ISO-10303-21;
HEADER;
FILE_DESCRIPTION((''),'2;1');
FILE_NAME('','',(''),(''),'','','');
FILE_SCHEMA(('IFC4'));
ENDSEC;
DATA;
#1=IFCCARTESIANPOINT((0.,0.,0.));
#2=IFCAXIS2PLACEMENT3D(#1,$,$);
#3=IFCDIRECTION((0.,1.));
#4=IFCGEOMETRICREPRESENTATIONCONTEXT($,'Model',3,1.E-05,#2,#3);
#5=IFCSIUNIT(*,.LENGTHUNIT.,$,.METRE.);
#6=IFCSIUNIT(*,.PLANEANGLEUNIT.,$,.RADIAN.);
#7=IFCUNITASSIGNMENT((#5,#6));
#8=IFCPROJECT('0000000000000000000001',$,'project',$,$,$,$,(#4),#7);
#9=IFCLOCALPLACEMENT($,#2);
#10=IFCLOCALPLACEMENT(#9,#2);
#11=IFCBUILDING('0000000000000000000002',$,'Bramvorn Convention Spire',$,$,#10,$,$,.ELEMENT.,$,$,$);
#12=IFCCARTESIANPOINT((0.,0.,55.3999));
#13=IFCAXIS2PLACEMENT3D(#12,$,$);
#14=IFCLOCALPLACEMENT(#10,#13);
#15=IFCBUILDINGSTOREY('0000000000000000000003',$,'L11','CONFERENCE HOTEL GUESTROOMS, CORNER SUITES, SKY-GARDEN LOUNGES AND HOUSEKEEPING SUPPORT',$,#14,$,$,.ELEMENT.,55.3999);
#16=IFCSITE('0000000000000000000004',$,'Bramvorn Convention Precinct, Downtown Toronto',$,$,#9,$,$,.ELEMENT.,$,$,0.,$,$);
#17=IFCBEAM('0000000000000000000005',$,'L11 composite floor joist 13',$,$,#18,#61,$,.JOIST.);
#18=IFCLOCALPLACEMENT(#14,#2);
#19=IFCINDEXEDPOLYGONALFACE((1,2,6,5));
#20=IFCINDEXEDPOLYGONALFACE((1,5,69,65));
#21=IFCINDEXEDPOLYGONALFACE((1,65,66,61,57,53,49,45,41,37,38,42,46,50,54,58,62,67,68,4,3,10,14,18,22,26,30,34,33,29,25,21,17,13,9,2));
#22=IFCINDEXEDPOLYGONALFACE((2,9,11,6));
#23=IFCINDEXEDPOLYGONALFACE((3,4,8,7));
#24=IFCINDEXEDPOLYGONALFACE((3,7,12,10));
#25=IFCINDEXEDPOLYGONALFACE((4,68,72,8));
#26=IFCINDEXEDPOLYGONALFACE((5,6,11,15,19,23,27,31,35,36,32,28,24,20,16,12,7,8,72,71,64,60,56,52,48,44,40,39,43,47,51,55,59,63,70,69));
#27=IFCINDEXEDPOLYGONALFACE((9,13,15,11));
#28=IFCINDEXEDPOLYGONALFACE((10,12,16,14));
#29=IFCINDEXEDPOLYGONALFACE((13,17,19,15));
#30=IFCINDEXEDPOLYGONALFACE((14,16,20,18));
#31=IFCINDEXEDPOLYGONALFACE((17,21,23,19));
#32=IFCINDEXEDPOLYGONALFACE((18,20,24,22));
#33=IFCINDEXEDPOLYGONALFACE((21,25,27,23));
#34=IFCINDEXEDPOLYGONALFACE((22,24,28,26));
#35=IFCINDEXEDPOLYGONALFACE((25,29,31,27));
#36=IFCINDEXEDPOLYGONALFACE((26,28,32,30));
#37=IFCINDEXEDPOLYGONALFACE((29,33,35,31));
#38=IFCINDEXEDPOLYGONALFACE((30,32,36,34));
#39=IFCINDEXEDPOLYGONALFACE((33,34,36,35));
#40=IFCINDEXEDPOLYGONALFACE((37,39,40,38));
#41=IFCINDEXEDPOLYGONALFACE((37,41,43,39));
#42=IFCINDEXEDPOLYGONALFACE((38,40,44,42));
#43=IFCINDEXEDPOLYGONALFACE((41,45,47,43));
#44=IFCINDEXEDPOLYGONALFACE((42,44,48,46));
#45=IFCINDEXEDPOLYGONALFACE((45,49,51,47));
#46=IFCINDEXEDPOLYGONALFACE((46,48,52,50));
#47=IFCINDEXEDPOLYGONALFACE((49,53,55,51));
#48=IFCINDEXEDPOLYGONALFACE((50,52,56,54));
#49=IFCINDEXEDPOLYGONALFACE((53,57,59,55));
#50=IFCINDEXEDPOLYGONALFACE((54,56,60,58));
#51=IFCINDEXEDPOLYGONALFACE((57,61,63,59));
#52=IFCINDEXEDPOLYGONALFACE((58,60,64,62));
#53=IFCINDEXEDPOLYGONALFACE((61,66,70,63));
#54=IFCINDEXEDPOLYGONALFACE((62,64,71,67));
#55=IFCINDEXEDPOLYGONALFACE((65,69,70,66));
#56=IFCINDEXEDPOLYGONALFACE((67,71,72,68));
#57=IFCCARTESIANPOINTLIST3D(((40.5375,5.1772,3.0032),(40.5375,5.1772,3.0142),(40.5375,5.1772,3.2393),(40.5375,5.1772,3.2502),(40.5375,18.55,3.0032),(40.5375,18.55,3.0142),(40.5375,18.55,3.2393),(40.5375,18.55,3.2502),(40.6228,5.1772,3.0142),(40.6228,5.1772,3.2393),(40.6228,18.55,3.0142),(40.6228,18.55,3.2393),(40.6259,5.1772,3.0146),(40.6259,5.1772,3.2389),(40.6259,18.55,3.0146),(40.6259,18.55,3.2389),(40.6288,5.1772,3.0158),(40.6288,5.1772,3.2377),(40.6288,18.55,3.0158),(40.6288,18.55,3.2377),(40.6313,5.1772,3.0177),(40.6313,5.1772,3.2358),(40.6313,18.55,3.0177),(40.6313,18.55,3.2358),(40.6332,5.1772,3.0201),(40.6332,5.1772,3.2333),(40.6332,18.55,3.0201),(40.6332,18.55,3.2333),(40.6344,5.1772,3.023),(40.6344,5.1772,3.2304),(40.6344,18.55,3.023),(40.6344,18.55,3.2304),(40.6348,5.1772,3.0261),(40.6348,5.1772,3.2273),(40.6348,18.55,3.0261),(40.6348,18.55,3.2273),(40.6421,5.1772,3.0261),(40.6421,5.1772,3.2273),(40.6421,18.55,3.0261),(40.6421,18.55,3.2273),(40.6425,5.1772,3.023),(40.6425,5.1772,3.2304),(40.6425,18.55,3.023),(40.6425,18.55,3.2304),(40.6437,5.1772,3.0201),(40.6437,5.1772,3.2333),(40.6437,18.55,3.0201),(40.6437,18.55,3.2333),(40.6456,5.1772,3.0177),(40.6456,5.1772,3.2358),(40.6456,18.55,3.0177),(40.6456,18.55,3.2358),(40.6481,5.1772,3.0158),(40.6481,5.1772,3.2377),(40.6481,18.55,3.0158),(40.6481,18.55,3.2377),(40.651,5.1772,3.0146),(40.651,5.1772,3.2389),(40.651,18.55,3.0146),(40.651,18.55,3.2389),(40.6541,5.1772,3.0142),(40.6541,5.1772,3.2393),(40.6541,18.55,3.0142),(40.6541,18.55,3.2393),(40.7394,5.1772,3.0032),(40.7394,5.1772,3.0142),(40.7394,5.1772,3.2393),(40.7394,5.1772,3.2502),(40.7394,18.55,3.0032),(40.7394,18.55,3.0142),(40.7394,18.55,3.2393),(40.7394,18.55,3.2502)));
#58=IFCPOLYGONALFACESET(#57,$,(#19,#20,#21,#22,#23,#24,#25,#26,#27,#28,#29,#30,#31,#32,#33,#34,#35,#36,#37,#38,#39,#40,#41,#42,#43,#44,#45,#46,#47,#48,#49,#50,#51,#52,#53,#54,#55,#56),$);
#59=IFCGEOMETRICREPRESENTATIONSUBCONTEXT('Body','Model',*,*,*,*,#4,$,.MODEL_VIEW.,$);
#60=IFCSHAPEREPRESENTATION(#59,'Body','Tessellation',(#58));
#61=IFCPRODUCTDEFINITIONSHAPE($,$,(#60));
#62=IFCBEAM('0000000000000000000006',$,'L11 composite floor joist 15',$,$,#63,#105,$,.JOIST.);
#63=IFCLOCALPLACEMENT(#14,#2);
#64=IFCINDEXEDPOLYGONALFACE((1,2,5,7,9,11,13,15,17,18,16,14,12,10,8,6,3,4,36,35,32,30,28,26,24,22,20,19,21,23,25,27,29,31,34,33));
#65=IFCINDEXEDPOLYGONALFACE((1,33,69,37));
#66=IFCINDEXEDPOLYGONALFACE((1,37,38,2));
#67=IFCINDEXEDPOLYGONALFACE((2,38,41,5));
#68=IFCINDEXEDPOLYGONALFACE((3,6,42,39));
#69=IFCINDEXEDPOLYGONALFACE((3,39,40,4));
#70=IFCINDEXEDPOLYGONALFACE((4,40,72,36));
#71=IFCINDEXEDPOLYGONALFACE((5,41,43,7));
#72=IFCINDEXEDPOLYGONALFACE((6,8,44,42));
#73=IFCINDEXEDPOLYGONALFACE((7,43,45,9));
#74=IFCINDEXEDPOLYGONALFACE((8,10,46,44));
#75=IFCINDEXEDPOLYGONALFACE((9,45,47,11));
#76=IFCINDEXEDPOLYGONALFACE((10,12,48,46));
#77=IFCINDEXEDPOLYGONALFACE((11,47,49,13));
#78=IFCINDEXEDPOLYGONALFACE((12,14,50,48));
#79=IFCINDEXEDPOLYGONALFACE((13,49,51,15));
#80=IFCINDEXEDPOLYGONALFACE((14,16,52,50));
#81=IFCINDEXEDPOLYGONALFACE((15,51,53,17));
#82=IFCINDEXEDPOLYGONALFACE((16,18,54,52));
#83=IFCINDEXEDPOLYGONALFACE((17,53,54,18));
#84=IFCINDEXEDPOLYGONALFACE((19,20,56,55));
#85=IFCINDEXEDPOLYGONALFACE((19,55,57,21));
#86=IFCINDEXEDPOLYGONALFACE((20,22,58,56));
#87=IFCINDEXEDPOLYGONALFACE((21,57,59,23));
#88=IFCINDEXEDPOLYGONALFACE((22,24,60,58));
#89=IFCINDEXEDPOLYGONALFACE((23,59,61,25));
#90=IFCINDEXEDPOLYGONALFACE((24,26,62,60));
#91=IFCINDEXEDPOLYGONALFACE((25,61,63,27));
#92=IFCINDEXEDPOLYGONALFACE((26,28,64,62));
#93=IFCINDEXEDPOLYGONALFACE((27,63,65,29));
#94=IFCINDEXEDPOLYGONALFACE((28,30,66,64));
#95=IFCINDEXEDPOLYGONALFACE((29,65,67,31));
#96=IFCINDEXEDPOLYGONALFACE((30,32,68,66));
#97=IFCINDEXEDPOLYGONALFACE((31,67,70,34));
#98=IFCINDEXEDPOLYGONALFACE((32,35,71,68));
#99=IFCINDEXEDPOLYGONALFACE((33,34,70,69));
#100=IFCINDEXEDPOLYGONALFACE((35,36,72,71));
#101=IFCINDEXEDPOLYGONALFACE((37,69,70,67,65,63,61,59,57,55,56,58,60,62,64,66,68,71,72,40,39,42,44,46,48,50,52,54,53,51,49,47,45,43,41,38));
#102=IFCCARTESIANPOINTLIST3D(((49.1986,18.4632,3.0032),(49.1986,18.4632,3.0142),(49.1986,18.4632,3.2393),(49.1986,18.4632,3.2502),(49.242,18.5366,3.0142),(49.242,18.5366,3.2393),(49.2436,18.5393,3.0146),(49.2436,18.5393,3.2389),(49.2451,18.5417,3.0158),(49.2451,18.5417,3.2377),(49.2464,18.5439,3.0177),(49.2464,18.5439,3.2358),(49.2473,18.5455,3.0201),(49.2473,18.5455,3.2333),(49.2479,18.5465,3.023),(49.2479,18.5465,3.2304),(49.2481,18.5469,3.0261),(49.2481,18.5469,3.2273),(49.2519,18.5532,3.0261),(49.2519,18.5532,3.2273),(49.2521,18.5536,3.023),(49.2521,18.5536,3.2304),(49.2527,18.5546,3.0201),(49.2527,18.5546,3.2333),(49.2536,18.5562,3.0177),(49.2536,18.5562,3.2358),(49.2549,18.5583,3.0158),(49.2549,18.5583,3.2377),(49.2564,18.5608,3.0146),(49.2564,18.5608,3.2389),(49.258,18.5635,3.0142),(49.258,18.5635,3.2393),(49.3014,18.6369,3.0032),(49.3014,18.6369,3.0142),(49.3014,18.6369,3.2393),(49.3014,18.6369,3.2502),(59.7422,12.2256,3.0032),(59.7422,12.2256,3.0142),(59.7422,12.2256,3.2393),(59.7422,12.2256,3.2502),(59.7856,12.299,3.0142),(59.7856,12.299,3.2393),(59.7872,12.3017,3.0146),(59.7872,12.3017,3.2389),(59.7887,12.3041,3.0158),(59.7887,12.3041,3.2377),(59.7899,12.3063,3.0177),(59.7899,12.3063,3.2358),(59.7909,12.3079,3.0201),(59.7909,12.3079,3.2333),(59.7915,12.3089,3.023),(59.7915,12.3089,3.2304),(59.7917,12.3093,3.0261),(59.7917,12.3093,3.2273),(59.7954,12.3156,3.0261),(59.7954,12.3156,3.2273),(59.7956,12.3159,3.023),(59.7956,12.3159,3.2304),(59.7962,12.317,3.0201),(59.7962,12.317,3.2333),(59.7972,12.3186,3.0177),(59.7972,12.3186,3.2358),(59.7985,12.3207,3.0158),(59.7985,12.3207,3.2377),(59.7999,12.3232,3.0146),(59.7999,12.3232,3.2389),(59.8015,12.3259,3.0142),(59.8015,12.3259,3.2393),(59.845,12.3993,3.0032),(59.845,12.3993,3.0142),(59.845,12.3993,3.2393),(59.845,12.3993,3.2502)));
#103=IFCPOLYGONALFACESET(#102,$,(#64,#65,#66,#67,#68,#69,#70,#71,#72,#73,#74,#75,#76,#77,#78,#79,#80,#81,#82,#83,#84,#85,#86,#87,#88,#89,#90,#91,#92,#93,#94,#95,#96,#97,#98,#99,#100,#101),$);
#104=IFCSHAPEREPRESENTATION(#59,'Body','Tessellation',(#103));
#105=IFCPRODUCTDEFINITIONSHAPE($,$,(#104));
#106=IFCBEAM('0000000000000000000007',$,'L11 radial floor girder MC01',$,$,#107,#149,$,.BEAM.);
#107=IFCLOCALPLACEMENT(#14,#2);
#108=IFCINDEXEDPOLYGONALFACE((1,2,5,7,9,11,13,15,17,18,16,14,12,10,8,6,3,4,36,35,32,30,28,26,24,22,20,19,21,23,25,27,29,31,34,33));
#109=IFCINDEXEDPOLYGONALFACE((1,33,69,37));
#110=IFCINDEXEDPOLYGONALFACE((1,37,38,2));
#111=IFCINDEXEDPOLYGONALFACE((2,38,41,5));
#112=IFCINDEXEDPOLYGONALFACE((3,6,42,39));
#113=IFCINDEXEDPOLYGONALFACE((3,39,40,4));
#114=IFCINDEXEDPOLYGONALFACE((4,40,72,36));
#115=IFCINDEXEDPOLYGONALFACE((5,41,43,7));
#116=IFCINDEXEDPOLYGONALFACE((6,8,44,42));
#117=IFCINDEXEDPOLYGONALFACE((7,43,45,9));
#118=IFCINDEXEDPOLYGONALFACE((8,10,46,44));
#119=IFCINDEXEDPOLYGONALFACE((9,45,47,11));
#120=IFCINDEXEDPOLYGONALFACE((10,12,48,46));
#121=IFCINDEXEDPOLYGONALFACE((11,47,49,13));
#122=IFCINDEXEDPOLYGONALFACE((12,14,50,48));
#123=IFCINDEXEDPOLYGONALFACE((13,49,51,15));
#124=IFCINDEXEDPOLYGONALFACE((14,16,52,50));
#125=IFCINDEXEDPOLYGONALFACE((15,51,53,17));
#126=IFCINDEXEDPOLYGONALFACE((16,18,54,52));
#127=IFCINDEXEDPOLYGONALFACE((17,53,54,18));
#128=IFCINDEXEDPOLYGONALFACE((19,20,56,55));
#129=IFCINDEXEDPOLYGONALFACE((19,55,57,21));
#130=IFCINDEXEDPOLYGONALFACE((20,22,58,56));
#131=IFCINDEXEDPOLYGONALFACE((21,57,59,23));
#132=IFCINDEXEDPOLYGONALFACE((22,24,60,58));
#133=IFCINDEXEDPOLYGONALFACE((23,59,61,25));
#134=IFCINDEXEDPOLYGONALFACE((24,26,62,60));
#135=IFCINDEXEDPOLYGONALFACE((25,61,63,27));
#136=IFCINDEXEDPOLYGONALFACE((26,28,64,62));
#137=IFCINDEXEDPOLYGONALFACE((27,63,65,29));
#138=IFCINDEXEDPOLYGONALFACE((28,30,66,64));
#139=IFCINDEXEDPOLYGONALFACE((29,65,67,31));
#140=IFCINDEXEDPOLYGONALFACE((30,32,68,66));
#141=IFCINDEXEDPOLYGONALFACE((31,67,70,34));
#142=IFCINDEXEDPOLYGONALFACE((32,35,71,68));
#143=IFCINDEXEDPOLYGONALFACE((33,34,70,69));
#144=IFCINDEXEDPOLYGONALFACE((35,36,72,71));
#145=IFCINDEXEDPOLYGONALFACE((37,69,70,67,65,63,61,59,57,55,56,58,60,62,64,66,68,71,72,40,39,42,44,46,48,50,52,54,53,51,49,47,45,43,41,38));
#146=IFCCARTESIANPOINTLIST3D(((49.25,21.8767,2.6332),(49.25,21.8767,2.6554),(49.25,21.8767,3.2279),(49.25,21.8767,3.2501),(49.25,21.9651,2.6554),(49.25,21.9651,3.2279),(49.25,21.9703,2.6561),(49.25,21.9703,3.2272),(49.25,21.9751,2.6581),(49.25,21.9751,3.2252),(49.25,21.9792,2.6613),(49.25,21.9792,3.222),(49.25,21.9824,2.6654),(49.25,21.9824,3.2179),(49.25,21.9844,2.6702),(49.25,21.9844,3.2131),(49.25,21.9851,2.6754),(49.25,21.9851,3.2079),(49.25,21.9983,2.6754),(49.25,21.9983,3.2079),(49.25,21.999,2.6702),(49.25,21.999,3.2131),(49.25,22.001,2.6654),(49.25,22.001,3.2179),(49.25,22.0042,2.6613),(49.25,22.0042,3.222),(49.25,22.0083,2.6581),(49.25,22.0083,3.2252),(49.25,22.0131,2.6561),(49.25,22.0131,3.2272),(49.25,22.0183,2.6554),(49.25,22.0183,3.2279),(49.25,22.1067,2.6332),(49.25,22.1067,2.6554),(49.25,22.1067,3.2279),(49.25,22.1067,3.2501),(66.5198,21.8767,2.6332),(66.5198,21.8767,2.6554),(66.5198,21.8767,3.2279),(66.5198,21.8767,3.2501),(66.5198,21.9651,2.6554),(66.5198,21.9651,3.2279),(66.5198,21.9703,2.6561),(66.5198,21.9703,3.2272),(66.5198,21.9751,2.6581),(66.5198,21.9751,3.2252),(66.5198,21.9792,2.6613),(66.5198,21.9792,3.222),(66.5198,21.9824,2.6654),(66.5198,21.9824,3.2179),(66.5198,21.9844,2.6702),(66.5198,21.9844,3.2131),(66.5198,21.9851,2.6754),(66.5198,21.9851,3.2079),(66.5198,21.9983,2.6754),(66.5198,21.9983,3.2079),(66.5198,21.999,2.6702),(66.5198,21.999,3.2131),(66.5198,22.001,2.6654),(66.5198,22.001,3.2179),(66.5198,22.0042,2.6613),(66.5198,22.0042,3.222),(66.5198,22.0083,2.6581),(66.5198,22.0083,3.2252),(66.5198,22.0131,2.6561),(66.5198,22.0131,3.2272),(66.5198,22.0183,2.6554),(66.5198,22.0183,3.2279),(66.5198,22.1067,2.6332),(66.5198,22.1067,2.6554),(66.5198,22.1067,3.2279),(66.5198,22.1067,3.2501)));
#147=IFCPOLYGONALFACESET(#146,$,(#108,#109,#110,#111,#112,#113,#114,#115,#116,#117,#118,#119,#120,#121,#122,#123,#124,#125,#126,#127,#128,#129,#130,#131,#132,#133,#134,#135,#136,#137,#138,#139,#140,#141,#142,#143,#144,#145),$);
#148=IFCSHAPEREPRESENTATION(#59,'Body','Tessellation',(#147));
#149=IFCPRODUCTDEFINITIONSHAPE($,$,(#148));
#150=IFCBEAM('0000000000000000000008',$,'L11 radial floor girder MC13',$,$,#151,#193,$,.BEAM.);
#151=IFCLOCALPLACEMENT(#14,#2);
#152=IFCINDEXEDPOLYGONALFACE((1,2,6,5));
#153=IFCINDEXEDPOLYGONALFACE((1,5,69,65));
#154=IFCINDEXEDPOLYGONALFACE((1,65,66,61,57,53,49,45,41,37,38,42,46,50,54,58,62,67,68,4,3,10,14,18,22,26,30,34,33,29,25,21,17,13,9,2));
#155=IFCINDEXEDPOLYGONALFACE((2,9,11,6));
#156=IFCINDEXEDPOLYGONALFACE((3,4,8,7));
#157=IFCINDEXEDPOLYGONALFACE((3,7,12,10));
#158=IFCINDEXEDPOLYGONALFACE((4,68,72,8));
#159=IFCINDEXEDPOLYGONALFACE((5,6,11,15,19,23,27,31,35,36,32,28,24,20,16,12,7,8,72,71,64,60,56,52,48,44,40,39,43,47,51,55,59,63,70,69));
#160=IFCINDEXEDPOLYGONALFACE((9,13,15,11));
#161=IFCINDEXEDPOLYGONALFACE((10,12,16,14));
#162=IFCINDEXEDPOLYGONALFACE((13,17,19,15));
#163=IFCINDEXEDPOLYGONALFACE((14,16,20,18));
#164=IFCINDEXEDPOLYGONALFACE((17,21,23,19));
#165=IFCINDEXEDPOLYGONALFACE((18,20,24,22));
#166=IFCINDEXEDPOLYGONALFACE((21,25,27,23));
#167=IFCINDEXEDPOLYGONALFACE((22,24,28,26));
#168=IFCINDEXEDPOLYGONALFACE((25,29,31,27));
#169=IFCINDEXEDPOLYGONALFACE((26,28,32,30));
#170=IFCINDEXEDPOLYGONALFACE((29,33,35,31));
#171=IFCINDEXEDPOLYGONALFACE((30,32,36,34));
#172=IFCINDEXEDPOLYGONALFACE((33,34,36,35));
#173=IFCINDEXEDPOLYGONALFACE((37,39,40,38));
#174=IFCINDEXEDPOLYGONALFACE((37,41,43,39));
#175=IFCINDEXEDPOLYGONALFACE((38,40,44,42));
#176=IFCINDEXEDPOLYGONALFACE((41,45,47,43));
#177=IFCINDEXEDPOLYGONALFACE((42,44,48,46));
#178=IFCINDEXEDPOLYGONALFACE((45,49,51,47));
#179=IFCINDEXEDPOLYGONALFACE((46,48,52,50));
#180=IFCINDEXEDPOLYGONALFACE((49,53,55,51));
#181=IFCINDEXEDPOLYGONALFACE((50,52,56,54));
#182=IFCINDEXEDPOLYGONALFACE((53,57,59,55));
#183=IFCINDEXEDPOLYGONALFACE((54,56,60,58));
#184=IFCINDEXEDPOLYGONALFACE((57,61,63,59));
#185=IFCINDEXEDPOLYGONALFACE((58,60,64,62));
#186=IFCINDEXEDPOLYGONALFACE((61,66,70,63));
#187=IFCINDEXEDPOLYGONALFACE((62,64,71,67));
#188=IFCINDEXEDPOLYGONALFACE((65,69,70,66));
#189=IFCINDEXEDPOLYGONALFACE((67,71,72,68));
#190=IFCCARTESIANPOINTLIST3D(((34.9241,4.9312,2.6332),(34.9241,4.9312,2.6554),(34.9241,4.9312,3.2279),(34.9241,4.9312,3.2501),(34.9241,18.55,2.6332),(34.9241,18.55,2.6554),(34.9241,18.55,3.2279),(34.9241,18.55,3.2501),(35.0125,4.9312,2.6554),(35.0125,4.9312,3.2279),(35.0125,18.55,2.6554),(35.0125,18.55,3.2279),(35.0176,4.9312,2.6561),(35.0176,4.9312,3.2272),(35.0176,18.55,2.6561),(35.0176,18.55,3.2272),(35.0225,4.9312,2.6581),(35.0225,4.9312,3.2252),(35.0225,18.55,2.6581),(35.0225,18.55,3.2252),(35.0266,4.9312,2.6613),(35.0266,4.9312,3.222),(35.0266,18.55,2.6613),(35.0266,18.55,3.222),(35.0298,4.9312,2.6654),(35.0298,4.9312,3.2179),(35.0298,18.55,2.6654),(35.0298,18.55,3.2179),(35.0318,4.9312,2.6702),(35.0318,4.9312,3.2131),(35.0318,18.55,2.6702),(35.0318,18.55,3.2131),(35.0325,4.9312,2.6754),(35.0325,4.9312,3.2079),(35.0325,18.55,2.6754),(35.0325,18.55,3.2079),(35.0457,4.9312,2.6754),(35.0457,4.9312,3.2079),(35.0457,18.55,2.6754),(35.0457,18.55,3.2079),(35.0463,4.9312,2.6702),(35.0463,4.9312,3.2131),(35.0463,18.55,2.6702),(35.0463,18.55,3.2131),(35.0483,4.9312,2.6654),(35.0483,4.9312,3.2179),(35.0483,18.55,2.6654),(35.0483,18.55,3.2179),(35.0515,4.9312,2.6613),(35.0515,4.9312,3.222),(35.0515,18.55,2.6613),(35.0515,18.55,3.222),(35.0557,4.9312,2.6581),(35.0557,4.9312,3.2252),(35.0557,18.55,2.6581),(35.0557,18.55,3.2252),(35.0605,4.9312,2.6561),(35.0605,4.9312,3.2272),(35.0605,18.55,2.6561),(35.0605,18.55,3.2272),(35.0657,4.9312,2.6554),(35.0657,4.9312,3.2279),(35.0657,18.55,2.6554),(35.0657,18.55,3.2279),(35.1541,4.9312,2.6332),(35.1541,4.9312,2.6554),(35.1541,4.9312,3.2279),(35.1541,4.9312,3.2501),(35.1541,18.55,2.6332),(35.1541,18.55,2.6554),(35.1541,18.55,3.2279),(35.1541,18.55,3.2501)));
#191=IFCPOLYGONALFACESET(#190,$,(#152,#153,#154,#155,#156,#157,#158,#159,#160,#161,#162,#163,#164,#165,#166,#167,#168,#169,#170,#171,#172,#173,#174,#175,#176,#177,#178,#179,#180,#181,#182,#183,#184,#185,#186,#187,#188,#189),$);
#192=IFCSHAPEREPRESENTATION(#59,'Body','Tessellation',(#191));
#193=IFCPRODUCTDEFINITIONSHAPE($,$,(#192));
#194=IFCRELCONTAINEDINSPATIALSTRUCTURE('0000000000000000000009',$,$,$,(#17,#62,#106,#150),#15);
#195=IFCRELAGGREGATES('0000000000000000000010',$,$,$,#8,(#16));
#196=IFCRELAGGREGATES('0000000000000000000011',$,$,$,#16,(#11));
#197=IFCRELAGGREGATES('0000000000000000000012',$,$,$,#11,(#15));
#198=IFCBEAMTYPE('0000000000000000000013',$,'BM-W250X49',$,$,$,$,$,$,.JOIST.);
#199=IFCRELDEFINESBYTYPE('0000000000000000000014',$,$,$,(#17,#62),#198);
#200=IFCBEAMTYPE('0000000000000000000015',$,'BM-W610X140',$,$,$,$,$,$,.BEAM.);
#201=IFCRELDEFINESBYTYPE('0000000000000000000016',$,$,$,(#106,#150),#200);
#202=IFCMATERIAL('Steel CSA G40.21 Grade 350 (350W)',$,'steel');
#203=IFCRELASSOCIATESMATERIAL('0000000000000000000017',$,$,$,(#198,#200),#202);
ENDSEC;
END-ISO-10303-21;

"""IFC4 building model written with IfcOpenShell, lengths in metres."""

from ifc_helpers import new_model, si_unit, direction, frame, origin, origin_2d, place, context, subcontext, project, spatial, i_section, extrude, material, material_profile, profile_set, type_object, element, save


model = new_model("IFC4")

# Units and contexts
model_context = context("Model", 3, precision=1e-05, world=origin(), true_north=direction((0.0, 1.0)))
body_context = subcontext(model_context, "Body", "Model", "MODEL_VIEW")
ifc_project = project(units=[si_unit("LENGTHUNIT", "METRE"), si_unit("PLANEANGLEUNIT", "RADIAN")], contexts=[model_context])

# Site, building, storey
site_placement = place(None, origin())
site = spatial("IfcSite", under=ifc_project, at=site_placement, Name="Bramvorn Convention Precinct, Downtown Toronto", CompositionType="ELEMENT", RefElevation=0.0)
building_placement = place(site_placement, origin())
building = spatial("IfcBuilding", under=site, at=building_placement, Name="Bramvorn Convention Spire", CompositionType="ELEMENT")
storey_placement = place(building_placement, frame((0.0, 0.0, 55.3999)))
storey = spatial("IfcBuildingStorey", under=building, at=storey_placement, Name="L11", Description="CONFERENCE HOTEL GUESTROOMS, CORNER SUITES, SKY-GARDEN LOUNGES AND HOUSEKEEPING SUPPORT", CompositionType="ELEMENT", Elevation=55.3999)

# Beams
ifc_material_1 = material(Name="Steel CSA G40.21 Grade 350 (350W)", Category="steel")
ifc_material_profile_1 = material_profile(ifc_material_1, i_section(OverallWidth=0.2019, OverallDepth=0.2471, WebThickness=0.0073, FlangeThickness=0.011, FilletRadius=0.012, at=origin_2d()))
ifc_profile_set_1 = profile_set([ifc_material_profile_1], Name="Steel CSA G40.21 Grade 350 (350W) - W250X49")
beam_type_1 = type_object("IfcBeamType", Name="BM-W250X49", PredefinedType="JOIST", material=ifc_profile_set_1)
beam_1_placement = place(storey_placement, frame((40.6384, 18.55, 3.1267), z_axis=(0.0, -1.0, 0.0), x_axis=(1.0, 0.0, 0.0)))
element("IfcBeam", 1, at=beam_1_placement, inside=storey, type_object=beam_type_1, Name="L11 composite floor joist 13", PredefinedType="JOIST", context=body_context, shape_type="SweptSolid", body=[
    extrude(i_section(OverallWidth=0.2019, OverallDepth=0.2471, WebThickness=0.0073, FlangeThickness=0.011, FilletRadius=0.012, at=origin_2d()), origin(), (0.0, 0.0, 1.0), 13.3728),
])
beam_2_placement = place(storey_placement, frame((49.25, 18.55, 3.1267), z_axis=(0.860665, -0.509172, 0.0), x_axis=(0.509172, 0.860665, 0.0)))
element("IfcBeam", 2, at=beam_2_placement, inside=storey, type_object=beam_type_1, Name="L11 composite floor joist 15", PredefinedType="JOIST", context=body_context, shape_type="SweptSolid", body=[
    extrude(i_section(OverallWidth=0.2019, OverallDepth=0.2471, WebThickness=0.0073, FlangeThickness=0.011, FilletRadius=0.012, at=origin_2d()), origin(), (0.0, 0.0, 1.0), 12.2505),
])
ifc_material_profile_2 = material_profile(ifc_material_1, i_section(OverallWidth=0.23, OverallDepth=0.6169, WebThickness=0.0132, FlangeThickness=0.0222, FilletRadius=0.02, at=origin_2d()))
ifc_profile_set_2 = profile_set([ifc_material_profile_2], Name="Steel CSA G40.21 Grade 350 (350W) - W610X140")
beam_type_2 = type_object("IfcBeamType", Name="BM-W610X140", PredefinedType="BEAM", material=ifc_profile_set_2)
beam_3_placement = place(storey_placement, frame((49.25, 21.9917, 2.9417), z_axis=(1.0, 0.0, 0.0), x_axis=(0.0, 1.0, 0.0)))
element("IfcBeam", 3, at=beam_3_placement, inside=storey, type_object=beam_type_2, Name="L11 radial floor girder MC01", PredefinedType="BEAM", context=body_context, shape_type="SweptSolid", body=[
    extrude(i_section(OverallWidth=0.23, OverallDepth=0.6169, WebThickness=0.0132, FlangeThickness=0.0222, FilletRadius=0.02, at=origin_2d()), origin(), (0.0, 0.0, 1.0), 17.2698),
])
beam_4_placement = place(storey_placement, frame((35.0391, 18.55, 2.9417), z_axis=(0.0, -1.0, 0.0), x_axis=(1.0, 0.0, 0.0)))
element("IfcBeam", 4, at=beam_4_placement, inside=storey, type_object=beam_type_2, Name="L11 radial floor girder MC13", PredefinedType="BEAM", context=body_context, shape_type="SweptSolid", body=[
    extrude(i_section(OverallWidth=0.23, OverallDepth=0.6169, WebThickness=0.0132, FlangeThickness=0.0222, FilletRadius=0.02, at=origin_2d()), origin(), (0.0, 0.0, 1.0), 13.6189),
])

save(model, "model.ifc")
